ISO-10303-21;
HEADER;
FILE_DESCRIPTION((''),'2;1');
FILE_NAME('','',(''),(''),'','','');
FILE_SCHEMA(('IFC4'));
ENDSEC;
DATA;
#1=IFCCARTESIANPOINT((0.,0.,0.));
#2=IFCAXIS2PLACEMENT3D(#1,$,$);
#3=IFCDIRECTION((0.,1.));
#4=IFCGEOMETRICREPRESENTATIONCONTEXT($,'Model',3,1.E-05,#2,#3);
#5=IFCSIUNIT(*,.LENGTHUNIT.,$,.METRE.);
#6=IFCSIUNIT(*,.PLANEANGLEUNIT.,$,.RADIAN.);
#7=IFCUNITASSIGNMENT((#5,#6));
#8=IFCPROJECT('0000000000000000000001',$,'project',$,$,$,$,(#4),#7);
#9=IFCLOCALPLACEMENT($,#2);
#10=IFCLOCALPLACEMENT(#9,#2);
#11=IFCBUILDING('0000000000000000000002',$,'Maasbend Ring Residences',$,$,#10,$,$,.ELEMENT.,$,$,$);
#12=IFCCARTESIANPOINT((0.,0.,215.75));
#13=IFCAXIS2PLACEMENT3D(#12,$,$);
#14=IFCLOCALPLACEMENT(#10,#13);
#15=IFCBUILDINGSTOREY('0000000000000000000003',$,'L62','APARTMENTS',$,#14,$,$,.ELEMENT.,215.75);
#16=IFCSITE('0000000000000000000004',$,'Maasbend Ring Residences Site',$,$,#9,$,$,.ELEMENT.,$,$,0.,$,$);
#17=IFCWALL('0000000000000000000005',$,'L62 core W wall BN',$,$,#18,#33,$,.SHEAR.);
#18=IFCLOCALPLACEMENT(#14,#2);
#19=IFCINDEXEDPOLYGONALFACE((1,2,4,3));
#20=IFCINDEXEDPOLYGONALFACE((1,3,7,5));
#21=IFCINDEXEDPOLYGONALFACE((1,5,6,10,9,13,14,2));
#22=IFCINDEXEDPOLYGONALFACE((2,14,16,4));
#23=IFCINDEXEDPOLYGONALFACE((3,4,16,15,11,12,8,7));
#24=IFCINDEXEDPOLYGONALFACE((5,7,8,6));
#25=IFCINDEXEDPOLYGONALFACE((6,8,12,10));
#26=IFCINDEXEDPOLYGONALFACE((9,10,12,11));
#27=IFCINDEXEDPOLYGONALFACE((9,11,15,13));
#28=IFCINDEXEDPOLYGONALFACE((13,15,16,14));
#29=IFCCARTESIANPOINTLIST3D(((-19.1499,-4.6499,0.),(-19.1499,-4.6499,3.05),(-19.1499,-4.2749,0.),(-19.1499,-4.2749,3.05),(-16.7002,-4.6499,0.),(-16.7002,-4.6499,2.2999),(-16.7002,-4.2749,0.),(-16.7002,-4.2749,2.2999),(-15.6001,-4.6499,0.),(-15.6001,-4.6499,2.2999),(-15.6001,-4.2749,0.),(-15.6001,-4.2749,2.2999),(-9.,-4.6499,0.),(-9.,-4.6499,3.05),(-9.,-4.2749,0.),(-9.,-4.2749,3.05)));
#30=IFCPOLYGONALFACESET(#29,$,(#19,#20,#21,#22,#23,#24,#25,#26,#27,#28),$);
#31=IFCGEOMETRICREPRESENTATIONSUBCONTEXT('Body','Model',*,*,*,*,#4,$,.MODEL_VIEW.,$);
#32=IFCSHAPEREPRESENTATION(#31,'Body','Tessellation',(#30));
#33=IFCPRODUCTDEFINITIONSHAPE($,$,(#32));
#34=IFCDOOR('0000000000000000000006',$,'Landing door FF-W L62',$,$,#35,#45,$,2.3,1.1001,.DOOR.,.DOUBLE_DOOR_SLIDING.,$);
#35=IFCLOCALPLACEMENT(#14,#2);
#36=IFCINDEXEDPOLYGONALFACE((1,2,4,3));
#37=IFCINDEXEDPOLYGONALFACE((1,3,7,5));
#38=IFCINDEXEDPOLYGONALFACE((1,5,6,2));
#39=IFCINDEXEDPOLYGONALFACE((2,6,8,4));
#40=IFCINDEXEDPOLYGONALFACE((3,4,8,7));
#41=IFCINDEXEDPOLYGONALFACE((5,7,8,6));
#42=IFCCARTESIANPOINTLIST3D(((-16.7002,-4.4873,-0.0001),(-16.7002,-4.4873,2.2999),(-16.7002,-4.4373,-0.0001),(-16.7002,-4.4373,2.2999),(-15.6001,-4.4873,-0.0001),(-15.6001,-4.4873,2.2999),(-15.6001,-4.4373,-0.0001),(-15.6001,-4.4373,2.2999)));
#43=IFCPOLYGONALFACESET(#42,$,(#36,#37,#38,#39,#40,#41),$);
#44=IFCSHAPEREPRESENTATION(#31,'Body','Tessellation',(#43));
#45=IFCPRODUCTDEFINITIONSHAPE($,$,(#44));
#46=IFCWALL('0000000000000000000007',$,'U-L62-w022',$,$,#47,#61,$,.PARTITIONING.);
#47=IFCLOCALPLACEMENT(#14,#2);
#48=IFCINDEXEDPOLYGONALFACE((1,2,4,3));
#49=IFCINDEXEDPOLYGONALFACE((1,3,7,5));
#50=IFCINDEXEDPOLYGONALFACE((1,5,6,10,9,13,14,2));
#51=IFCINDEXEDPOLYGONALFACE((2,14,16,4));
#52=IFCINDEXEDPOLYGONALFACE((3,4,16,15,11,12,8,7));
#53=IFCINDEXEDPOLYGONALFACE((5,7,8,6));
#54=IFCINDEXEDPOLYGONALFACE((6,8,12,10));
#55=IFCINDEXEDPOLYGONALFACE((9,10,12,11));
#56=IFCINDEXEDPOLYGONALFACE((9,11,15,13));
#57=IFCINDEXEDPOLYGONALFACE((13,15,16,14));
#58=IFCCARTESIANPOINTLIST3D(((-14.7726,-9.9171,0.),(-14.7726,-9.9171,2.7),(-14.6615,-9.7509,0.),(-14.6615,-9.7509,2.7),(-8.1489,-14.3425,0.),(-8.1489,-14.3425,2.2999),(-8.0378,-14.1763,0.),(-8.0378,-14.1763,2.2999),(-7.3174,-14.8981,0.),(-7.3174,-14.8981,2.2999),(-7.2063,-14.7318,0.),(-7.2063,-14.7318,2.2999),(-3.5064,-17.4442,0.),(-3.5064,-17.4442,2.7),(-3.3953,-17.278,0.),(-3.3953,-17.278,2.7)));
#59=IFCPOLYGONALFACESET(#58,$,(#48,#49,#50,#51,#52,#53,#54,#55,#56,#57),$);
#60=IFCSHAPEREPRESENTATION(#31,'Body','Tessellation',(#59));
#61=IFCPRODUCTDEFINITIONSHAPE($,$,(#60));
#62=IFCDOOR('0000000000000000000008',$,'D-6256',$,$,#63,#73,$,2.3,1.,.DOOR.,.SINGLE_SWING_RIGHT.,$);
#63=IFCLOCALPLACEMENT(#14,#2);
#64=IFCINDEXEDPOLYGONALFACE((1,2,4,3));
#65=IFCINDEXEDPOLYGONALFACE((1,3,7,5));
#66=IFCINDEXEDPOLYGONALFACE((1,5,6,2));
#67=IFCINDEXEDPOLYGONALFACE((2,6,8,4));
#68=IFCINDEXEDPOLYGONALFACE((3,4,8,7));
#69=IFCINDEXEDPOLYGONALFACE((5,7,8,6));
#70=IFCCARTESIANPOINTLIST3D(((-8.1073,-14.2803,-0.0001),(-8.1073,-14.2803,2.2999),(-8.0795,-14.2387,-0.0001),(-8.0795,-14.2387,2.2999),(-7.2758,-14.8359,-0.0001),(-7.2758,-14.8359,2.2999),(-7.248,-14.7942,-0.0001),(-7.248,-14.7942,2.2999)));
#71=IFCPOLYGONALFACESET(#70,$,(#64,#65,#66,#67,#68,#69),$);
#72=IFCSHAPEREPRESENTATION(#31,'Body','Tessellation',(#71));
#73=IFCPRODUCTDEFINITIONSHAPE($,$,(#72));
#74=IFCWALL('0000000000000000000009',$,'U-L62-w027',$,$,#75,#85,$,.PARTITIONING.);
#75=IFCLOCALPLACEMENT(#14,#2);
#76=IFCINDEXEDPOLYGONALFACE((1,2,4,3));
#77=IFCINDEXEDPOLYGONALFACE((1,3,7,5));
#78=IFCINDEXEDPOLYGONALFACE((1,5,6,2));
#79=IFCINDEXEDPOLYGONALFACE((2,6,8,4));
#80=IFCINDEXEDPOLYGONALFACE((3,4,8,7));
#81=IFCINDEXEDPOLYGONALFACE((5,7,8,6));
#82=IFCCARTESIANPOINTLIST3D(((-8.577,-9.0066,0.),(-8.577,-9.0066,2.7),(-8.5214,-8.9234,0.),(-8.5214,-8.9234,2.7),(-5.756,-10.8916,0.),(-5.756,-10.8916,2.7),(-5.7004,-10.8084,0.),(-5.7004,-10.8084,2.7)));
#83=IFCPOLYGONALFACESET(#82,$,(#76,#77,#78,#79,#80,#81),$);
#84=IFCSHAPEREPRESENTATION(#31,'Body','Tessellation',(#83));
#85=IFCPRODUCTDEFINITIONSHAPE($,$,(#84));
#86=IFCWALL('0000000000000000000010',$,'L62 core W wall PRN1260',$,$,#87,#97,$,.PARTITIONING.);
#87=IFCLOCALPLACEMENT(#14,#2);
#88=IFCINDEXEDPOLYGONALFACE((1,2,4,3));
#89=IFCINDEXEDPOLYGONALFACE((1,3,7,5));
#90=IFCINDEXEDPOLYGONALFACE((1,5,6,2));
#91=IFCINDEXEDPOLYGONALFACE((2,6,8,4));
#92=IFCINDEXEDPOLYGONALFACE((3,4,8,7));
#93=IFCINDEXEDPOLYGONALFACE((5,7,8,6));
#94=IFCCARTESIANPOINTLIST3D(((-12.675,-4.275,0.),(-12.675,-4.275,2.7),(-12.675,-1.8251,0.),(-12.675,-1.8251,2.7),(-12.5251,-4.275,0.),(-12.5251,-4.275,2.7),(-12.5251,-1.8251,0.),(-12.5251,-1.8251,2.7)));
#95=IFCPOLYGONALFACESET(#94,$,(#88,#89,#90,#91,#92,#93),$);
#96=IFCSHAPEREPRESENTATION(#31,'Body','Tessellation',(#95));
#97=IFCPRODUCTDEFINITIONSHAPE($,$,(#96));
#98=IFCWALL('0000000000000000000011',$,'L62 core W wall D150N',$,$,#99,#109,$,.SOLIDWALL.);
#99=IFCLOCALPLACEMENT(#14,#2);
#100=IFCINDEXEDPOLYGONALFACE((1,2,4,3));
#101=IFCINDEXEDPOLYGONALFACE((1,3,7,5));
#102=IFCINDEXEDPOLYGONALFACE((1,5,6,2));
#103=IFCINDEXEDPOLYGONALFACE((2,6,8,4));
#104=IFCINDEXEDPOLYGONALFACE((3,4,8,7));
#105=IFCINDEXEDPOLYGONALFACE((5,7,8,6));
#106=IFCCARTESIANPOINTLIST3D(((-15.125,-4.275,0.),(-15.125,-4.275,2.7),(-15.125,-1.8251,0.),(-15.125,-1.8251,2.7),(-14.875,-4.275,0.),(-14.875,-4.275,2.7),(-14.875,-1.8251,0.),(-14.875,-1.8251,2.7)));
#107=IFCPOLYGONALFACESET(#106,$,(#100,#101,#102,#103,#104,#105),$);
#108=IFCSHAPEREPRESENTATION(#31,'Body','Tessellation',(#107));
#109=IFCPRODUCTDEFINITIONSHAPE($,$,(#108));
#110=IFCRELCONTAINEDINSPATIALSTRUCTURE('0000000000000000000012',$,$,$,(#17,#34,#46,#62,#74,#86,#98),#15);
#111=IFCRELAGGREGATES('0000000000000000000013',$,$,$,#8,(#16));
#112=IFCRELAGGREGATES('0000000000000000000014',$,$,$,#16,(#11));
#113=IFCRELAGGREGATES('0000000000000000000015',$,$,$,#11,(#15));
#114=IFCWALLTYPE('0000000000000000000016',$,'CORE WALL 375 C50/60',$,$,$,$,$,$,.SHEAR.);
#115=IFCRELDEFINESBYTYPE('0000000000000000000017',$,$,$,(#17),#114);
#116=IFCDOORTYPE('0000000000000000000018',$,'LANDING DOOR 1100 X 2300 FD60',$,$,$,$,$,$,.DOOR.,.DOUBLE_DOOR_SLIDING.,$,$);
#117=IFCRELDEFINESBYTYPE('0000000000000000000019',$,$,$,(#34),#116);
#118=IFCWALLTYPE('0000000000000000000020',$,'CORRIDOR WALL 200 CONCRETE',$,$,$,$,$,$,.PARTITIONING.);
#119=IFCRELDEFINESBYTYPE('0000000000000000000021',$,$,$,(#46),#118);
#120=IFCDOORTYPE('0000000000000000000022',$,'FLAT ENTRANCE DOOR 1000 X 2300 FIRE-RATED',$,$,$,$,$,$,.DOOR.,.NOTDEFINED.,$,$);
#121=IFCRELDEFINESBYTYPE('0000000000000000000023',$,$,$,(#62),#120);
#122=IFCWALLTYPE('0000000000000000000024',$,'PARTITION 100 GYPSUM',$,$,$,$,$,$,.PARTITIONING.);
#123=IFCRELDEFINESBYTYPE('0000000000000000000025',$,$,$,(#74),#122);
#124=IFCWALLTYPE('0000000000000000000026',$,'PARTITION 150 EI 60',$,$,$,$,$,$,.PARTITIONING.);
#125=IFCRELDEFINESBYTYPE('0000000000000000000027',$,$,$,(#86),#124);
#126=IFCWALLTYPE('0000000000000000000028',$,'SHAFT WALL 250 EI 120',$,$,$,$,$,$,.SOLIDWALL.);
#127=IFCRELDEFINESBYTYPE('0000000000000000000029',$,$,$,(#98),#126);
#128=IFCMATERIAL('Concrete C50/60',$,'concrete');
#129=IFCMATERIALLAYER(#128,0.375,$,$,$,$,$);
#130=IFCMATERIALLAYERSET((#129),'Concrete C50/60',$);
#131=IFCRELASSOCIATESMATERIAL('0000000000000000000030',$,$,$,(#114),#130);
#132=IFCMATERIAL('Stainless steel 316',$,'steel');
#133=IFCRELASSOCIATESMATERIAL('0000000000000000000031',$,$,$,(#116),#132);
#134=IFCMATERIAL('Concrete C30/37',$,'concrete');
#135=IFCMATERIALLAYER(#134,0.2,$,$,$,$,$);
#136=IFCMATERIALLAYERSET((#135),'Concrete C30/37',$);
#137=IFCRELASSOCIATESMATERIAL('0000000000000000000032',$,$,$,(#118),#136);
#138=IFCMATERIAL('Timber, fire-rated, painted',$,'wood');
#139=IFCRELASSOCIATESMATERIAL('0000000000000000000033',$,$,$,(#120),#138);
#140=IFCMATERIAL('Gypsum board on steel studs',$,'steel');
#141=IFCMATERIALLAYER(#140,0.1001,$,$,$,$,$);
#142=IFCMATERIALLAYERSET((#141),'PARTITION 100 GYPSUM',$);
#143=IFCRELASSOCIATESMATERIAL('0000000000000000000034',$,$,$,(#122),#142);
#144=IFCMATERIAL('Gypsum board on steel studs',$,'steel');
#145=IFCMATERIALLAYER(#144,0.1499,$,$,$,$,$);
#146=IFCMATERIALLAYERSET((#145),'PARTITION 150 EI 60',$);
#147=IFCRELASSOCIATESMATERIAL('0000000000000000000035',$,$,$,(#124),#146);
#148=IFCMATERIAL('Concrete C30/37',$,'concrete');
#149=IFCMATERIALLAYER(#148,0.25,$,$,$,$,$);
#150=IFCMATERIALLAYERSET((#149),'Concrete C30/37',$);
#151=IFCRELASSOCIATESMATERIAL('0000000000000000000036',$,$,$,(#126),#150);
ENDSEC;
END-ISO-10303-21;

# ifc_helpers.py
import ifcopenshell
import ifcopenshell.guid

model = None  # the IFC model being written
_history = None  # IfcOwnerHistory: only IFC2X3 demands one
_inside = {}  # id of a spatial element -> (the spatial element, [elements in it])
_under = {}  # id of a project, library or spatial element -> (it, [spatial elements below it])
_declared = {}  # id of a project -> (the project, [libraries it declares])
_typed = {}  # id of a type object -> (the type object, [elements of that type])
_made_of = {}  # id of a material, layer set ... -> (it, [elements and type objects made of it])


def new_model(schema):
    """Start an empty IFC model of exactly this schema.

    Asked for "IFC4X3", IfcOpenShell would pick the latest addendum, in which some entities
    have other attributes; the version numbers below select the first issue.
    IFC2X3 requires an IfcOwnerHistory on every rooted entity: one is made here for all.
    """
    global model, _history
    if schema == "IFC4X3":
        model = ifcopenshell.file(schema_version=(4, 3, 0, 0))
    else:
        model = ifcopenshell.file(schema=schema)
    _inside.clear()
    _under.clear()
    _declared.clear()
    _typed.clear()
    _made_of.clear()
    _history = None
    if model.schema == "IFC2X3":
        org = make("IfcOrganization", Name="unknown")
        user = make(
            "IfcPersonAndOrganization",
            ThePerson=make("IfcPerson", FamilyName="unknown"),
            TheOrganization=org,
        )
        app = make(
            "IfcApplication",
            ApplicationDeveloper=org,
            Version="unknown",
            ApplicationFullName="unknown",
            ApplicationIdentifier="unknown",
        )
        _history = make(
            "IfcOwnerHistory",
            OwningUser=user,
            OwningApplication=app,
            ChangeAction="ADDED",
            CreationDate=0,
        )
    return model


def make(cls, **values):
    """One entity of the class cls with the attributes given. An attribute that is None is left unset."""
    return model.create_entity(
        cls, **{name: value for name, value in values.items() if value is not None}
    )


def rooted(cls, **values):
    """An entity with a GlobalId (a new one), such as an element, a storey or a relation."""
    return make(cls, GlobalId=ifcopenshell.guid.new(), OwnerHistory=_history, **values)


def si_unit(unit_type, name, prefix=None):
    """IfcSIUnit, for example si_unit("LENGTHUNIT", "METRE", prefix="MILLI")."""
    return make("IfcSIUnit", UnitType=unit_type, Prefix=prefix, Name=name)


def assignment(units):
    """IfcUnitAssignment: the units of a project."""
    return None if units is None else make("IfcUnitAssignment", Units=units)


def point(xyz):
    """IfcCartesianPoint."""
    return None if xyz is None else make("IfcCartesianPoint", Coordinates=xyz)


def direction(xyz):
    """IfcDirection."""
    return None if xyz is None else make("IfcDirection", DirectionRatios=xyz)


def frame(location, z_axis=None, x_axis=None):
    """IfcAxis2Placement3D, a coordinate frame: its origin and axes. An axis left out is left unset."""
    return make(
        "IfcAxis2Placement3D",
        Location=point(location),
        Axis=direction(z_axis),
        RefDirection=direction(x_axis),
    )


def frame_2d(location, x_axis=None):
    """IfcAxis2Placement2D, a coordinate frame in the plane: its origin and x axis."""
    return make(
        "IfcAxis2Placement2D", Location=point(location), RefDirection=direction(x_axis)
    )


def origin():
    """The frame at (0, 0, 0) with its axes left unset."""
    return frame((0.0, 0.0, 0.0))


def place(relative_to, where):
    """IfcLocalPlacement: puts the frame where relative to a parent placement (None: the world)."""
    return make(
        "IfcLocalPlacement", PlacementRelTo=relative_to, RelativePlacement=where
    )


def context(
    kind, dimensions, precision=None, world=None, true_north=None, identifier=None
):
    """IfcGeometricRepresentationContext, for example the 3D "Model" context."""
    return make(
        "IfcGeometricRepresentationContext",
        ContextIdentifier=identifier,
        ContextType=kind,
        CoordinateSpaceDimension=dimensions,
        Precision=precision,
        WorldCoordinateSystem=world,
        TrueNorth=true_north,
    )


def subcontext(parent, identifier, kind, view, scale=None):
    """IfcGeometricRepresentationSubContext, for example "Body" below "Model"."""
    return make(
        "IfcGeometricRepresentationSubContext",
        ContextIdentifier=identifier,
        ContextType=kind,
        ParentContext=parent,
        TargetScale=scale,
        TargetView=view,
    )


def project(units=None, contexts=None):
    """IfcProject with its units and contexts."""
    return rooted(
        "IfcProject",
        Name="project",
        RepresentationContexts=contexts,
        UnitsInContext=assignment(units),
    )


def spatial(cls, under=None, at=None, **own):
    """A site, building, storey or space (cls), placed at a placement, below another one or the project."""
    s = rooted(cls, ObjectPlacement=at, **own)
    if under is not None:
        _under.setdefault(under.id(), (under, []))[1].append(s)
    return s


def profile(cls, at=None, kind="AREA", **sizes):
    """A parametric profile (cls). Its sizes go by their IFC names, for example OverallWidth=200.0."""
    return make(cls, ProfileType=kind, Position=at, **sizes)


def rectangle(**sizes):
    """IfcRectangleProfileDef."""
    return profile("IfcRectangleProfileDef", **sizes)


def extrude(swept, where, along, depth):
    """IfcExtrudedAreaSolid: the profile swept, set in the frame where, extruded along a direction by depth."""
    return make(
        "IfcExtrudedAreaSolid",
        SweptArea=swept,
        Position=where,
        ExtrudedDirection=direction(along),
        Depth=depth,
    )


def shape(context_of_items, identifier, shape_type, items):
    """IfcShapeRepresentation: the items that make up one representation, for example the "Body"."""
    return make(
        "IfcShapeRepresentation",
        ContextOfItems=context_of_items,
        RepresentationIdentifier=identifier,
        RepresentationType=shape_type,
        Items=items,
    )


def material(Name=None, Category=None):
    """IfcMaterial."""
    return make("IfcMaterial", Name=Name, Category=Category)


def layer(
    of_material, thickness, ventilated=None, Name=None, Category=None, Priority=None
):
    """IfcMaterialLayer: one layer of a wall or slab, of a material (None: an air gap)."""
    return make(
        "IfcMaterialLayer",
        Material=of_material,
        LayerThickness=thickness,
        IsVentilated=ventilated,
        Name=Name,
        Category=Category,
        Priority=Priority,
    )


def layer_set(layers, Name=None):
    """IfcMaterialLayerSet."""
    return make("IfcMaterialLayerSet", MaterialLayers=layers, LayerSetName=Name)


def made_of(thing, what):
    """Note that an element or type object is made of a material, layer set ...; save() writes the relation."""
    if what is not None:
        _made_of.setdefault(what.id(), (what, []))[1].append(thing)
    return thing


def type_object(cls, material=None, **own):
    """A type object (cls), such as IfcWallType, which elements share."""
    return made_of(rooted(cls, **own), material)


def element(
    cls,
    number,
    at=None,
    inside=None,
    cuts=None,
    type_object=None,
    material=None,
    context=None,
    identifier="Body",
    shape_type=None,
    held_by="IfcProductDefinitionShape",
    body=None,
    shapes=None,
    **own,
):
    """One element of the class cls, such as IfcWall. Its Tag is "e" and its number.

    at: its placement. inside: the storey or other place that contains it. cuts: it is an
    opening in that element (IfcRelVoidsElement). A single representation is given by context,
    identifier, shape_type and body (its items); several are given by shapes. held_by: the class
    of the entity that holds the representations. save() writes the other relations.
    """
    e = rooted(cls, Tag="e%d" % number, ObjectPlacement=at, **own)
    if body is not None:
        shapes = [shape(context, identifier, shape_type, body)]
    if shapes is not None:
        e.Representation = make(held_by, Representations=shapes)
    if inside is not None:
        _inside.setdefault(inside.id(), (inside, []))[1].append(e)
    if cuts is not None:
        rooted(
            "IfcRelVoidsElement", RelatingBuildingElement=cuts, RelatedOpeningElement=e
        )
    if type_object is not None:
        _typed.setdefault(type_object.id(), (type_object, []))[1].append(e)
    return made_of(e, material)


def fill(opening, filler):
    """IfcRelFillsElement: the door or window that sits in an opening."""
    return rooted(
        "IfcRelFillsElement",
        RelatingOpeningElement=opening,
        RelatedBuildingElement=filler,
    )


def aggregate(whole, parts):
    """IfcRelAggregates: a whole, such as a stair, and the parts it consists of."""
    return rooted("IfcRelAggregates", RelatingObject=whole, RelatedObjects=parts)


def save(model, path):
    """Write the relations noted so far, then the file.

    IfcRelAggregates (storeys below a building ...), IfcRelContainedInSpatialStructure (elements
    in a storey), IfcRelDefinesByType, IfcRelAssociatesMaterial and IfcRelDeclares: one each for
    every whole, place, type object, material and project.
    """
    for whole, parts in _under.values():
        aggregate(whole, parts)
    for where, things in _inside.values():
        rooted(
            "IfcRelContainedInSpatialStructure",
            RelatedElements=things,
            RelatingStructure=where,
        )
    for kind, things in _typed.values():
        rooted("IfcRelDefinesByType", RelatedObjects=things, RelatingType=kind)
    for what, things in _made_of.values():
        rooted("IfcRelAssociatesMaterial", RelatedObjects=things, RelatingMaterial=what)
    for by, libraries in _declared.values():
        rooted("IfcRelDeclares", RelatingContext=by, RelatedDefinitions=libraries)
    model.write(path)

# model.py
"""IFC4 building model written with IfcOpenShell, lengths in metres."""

from ifc_helpers import new_model, si_unit, direction, frame, frame_2d, origin, place, context, subcontext, project, spatial, rectangle, extrude, material, layer, layer_set, type_object, element, fill, save


model = new_model("IFC4")

# Units and contexts
model_context = context("Model", 3, precision=1e-05, world=origin(), true_north=direction((0.0, 1.0)))
body_context = subcontext(model_context, "Body", "Model", "MODEL_VIEW")
ifc_project = project(units=[si_unit("LENGTHUNIT", "METRE"), si_unit("PLANEANGLEUNIT", "RADIAN")], contexts=[model_context])

# Site, building, storey
site_placement = place(None, origin())
site = spatial("IfcSite", under=ifc_project, at=site_placement, Name="Maasbend Ring Residences Site", CompositionType="ELEMENT", RefElevation=0.0)
building_placement = place(site_placement, origin())
building = spatial("IfcBuilding", under=site, at=building_placement, Name="Maasbend Ring Residences", CompositionType="ELEMENT")
storey_placement = place(building_placement, frame((0.0, 0.0, 215.75)))
storey = spatial("IfcBuildingStorey", under=building, at=storey_placement, Name="L62", Description="APARTMENTS", CompositionType="ELEMENT", Elevation=215.75)

# Walls, openings, doors
ifc_material_1 = material(Name="Concrete C50/60", Category="concrete")
ifc_layer_1 = layer(ifc_material_1, 0.375)
ifc_layer_set_1 = layer_set([ifc_layer_1], Name="Concrete C50/60")
wall_type_1 = type_object("IfcWallType", Name="CORE WALL 375 C50/60", PredefinedType="SHEAR", material=ifc_layer_set_1)
wall_1_placement = place(storey_placement, frame((-9.0, -4.4624, 0.0), z_axis=(0.0, 0.0, 1.0), x_axis=(-1.0, 0.0, 0.0)))
wall_1 = element("IfcWall", 1, at=wall_1_placement, inside=storey, type_object=wall_type_1, Name="L62 core W wall BN", PredefinedType="SHEAR", context=body_context, shape_type="SweptSolid", body=[
    extrude(rectangle(XDim=10.1499, YDim=0.375, at=frame_2d((5.075, 0.0))), origin(), (0.0, 0.0, 1.0), 3.05),
])
opening_1_placement = place(wall_1_placement, frame((6.6001, 0.0, 0.0)))
opening_1 = element("IfcOpeningElement", 2, at=opening_1_placement, cuts=wall_1, PredefinedType="OPENING", context=body_context, shape_type="SweptSolid", body=[
    extrude(rectangle(XDim=1.1001, YDim=2.3, at=frame_2d((0.55, 1.1499))), frame((0.0, 0.1975, 0.0), z_axis=(0.0, -1.0, 0.0), x_axis=(1.0, 0.0, 0.0)), (0.0, 0.0, 1.0), 0.395),
])
ifc_material_2 = material(Name="Stainless steel 316", Category="steel")
door_type_1 = type_object("IfcDoorType", Name="LANDING DOOR 1100 X 2300 FD60", OperationType="DOUBLE_DOOR_SLIDING", PredefinedType="DOOR", material=ifc_material_2)
door_1_placement = place(opening_1_placement, origin())
door_1 = element("IfcDoor", 3, at=door_1_placement, inside=storey, type_object=door_type_1, Name="Landing door FF-W L62", OperationType="DOUBLE_DOOR_SLIDING", OverallHeight=2.3, OverallWidth=1.1001, PredefinedType="DOOR", context=body_context, shape_type="SweptSolid", body=[
    extrude(rectangle(XDim=1.1001, YDim=2.3, at=frame_2d((0.55, 1.1499))), frame((0.0, 0.0249, 0.0), z_axis=(0.0, -1.0, 0.0), x_axis=(1.0, 0.0, 0.0)), (0.0, 0.0, 1.0), 0.05),
])
fill(opening_1, door_1)
ifc_material_3 = material(Name="Concrete C30/37", Category="concrete")
ifc_layer_2 = layer(ifc_material_3, 0.2)
ifc_layer_set_2 = layer_set([ifc_layer_2], Name="Concrete C30/37")
wall_type_2 = type_object("IfcWallType", Name="CORRIDOR WALL 200 CONCRETE", PredefinedType="PARTITIONING", material=ifc_layer_set_2)
wall_2_placement = place(storey_placement, frame((-14.717, -9.834, 0.0), z_axis=(0.0, 0.0, 1.0), x_axis=(0.831493, -0.555536, 0.0)))
wall_2 = element("IfcWall", 4, at=wall_2_placement, inside=storey, type_object=wall_type_2, Name="U-L62-w022", PredefinedType="PARTITIONING", context=body_context, shape_type="SweptSolid", body=[
    extrude(rectangle(XDim=13.5493, YDim=0.2, at=frame_2d((6.7747, 0.0))), origin(), (0.0, 0.0, 1.0), 2.7),
])
opening_2_placement = place(wall_2_placement, frame((7.9661, 0.0, 0.0)))
opening_2 = element("IfcOpeningElement", 5, at=opening_2_placement, cuts=wall_2, PredefinedType="OPENING", context=body_context, shape_type="SweptSolid", body=[
    extrude(rectangle(XDim=1.0, YDim=2.3, at=frame_2d((0.5, 1.1499))), frame((0.0, 0.1099, 0.0), z_axis=(0.0, -1.0, 0.0), x_axis=(1.0, 0.0, 0.0)), (0.0, 0.0, 1.0), 0.22),
])
ifc_material_4 = material(Name="Timber, fire-rated, painted", Category="wood")
door_type_2 = type_object("IfcDoorType", Name="FLAT ENTRANCE DOOR 1000 X 2300 FIRE-RATED", OperationType="NOTDEFINED", PredefinedType="DOOR", material=ifc_material_4)
door_2_placement = place(opening_2_placement, origin())
door_2 = element("IfcDoor", 6, at=door_2_placement, inside=storey, type_object=door_type_2, Name="D-6256", OperationType="SINGLE_SWING_RIGHT", OverallHeight=2.3, OverallWidth=1.0, PredefinedType="DOOR", context=body_context, shape_type="SweptSolid", body=[
    extrude(rectangle(XDim=1.0, YDim=2.3, at=frame_2d((0.5, 1.1499))), frame((0.0, 0.0249, 0.0), z_axis=(0.0, -1.0, 0.0), x_axis=(1.0, 0.0, 0.0)), (0.0, 0.0, 1.0), 0.05),
])
fill(opening_2, door_2)

# Walls
ifc_material_5 = material(Name="Gypsum board on steel studs", Category="steel")
ifc_layer_3 = layer(ifc_material_5, 0.1001)
ifc_layer_set_3 = layer_set([ifc_layer_3], Name="PARTITION 100 GYPSUM")
wall_type_3 = type_object("IfcWallType", Name="PARTITION 100 GYPSUM", PredefinedType="PARTITIONING", material=ifc_layer_set_3)
wall_3_placement = place(storey_placement, frame((-8.5491, -8.9651, 0.0), z_axis=(0.0, 0.0, 1.0), x_axis=(0.831463, -0.55558, 0.0)))
element("IfcWall", 7, at=wall_3_placement, inside=storey, type_object=wall_type_3, Name="U-L62-w027", PredefinedType="PARTITIONING", context=body_context, shape_type="SweptSolid", body=[
    extrude(rectangle(XDim=3.3928, YDim=0.1001, at=frame_2d((1.6963, 0.0))), origin(), (0.0, 0.0, 1.0), 2.7),
])
ifc_material_6 = material(Name="Gypsum board on steel studs", Category="steel")
ifc_layer_4 = layer(ifc_material_6, 0.1499)
ifc_layer_set_4 = layer_set([ifc_layer_4], Name="PARTITION 150 EI 60")
wall_type_4 = type_object("IfcWallType", Name="PARTITION 150 EI 60", PredefinedType="PARTITIONING", material=ifc_layer_set_4)
wall_4_placement = place(storey_placement, frame((-12.6001, -1.825, 0.0), z_axis=(0.0, 0.0, 1.0), x_axis=(0.0, -1.0, 0.0)))
element("IfcWall", 8, at=wall_4_placement, inside=storey, type_object=wall_type_4, Name="L62 core W wall PRN1260", PredefinedType="PARTITIONING", context=body_context, shape_type="SweptSolid", body=[
    extrude(rectangle(XDim=2.45, YDim=0.1499, at=frame_2d((1.2251, 0.0))), origin(), (0.0, 0.0, 1.0), 2.7),
])
ifc_material_7 = material(Name="Concrete C30/37", Category="concrete")
ifc_layer_5 = layer(ifc_material_7, 0.25)
ifc_layer_set_5 = layer_set([ifc_layer_5], Name="Concrete C30/37")
wall_type_5 = type_object("IfcWallType", Name="SHAFT WALL 250 EI 120", PredefinedType="SOLIDWALL", material=ifc_layer_set_5)
wall_5_placement = place(storey_placement, frame((-15.0, -1.825, 0.0), z_axis=(0.0, 0.0, 1.0), x_axis=(0.0, -1.0, 0.0)))
element("IfcWall", 9, at=wall_5_placement, inside=storey, type_object=wall_type_5, Name="L62 core W wall D150N", PredefinedType="SOLIDWALL", context=body_context, shape_type="SweptSolid", body=[
    extrude(rectangle(XDim=2.45, YDim=0.25, at=frame_2d((1.2251, 0.0))), origin(), (0.0, 0.0, 1.0), 2.7),
])

save(model, "model.ifc")
